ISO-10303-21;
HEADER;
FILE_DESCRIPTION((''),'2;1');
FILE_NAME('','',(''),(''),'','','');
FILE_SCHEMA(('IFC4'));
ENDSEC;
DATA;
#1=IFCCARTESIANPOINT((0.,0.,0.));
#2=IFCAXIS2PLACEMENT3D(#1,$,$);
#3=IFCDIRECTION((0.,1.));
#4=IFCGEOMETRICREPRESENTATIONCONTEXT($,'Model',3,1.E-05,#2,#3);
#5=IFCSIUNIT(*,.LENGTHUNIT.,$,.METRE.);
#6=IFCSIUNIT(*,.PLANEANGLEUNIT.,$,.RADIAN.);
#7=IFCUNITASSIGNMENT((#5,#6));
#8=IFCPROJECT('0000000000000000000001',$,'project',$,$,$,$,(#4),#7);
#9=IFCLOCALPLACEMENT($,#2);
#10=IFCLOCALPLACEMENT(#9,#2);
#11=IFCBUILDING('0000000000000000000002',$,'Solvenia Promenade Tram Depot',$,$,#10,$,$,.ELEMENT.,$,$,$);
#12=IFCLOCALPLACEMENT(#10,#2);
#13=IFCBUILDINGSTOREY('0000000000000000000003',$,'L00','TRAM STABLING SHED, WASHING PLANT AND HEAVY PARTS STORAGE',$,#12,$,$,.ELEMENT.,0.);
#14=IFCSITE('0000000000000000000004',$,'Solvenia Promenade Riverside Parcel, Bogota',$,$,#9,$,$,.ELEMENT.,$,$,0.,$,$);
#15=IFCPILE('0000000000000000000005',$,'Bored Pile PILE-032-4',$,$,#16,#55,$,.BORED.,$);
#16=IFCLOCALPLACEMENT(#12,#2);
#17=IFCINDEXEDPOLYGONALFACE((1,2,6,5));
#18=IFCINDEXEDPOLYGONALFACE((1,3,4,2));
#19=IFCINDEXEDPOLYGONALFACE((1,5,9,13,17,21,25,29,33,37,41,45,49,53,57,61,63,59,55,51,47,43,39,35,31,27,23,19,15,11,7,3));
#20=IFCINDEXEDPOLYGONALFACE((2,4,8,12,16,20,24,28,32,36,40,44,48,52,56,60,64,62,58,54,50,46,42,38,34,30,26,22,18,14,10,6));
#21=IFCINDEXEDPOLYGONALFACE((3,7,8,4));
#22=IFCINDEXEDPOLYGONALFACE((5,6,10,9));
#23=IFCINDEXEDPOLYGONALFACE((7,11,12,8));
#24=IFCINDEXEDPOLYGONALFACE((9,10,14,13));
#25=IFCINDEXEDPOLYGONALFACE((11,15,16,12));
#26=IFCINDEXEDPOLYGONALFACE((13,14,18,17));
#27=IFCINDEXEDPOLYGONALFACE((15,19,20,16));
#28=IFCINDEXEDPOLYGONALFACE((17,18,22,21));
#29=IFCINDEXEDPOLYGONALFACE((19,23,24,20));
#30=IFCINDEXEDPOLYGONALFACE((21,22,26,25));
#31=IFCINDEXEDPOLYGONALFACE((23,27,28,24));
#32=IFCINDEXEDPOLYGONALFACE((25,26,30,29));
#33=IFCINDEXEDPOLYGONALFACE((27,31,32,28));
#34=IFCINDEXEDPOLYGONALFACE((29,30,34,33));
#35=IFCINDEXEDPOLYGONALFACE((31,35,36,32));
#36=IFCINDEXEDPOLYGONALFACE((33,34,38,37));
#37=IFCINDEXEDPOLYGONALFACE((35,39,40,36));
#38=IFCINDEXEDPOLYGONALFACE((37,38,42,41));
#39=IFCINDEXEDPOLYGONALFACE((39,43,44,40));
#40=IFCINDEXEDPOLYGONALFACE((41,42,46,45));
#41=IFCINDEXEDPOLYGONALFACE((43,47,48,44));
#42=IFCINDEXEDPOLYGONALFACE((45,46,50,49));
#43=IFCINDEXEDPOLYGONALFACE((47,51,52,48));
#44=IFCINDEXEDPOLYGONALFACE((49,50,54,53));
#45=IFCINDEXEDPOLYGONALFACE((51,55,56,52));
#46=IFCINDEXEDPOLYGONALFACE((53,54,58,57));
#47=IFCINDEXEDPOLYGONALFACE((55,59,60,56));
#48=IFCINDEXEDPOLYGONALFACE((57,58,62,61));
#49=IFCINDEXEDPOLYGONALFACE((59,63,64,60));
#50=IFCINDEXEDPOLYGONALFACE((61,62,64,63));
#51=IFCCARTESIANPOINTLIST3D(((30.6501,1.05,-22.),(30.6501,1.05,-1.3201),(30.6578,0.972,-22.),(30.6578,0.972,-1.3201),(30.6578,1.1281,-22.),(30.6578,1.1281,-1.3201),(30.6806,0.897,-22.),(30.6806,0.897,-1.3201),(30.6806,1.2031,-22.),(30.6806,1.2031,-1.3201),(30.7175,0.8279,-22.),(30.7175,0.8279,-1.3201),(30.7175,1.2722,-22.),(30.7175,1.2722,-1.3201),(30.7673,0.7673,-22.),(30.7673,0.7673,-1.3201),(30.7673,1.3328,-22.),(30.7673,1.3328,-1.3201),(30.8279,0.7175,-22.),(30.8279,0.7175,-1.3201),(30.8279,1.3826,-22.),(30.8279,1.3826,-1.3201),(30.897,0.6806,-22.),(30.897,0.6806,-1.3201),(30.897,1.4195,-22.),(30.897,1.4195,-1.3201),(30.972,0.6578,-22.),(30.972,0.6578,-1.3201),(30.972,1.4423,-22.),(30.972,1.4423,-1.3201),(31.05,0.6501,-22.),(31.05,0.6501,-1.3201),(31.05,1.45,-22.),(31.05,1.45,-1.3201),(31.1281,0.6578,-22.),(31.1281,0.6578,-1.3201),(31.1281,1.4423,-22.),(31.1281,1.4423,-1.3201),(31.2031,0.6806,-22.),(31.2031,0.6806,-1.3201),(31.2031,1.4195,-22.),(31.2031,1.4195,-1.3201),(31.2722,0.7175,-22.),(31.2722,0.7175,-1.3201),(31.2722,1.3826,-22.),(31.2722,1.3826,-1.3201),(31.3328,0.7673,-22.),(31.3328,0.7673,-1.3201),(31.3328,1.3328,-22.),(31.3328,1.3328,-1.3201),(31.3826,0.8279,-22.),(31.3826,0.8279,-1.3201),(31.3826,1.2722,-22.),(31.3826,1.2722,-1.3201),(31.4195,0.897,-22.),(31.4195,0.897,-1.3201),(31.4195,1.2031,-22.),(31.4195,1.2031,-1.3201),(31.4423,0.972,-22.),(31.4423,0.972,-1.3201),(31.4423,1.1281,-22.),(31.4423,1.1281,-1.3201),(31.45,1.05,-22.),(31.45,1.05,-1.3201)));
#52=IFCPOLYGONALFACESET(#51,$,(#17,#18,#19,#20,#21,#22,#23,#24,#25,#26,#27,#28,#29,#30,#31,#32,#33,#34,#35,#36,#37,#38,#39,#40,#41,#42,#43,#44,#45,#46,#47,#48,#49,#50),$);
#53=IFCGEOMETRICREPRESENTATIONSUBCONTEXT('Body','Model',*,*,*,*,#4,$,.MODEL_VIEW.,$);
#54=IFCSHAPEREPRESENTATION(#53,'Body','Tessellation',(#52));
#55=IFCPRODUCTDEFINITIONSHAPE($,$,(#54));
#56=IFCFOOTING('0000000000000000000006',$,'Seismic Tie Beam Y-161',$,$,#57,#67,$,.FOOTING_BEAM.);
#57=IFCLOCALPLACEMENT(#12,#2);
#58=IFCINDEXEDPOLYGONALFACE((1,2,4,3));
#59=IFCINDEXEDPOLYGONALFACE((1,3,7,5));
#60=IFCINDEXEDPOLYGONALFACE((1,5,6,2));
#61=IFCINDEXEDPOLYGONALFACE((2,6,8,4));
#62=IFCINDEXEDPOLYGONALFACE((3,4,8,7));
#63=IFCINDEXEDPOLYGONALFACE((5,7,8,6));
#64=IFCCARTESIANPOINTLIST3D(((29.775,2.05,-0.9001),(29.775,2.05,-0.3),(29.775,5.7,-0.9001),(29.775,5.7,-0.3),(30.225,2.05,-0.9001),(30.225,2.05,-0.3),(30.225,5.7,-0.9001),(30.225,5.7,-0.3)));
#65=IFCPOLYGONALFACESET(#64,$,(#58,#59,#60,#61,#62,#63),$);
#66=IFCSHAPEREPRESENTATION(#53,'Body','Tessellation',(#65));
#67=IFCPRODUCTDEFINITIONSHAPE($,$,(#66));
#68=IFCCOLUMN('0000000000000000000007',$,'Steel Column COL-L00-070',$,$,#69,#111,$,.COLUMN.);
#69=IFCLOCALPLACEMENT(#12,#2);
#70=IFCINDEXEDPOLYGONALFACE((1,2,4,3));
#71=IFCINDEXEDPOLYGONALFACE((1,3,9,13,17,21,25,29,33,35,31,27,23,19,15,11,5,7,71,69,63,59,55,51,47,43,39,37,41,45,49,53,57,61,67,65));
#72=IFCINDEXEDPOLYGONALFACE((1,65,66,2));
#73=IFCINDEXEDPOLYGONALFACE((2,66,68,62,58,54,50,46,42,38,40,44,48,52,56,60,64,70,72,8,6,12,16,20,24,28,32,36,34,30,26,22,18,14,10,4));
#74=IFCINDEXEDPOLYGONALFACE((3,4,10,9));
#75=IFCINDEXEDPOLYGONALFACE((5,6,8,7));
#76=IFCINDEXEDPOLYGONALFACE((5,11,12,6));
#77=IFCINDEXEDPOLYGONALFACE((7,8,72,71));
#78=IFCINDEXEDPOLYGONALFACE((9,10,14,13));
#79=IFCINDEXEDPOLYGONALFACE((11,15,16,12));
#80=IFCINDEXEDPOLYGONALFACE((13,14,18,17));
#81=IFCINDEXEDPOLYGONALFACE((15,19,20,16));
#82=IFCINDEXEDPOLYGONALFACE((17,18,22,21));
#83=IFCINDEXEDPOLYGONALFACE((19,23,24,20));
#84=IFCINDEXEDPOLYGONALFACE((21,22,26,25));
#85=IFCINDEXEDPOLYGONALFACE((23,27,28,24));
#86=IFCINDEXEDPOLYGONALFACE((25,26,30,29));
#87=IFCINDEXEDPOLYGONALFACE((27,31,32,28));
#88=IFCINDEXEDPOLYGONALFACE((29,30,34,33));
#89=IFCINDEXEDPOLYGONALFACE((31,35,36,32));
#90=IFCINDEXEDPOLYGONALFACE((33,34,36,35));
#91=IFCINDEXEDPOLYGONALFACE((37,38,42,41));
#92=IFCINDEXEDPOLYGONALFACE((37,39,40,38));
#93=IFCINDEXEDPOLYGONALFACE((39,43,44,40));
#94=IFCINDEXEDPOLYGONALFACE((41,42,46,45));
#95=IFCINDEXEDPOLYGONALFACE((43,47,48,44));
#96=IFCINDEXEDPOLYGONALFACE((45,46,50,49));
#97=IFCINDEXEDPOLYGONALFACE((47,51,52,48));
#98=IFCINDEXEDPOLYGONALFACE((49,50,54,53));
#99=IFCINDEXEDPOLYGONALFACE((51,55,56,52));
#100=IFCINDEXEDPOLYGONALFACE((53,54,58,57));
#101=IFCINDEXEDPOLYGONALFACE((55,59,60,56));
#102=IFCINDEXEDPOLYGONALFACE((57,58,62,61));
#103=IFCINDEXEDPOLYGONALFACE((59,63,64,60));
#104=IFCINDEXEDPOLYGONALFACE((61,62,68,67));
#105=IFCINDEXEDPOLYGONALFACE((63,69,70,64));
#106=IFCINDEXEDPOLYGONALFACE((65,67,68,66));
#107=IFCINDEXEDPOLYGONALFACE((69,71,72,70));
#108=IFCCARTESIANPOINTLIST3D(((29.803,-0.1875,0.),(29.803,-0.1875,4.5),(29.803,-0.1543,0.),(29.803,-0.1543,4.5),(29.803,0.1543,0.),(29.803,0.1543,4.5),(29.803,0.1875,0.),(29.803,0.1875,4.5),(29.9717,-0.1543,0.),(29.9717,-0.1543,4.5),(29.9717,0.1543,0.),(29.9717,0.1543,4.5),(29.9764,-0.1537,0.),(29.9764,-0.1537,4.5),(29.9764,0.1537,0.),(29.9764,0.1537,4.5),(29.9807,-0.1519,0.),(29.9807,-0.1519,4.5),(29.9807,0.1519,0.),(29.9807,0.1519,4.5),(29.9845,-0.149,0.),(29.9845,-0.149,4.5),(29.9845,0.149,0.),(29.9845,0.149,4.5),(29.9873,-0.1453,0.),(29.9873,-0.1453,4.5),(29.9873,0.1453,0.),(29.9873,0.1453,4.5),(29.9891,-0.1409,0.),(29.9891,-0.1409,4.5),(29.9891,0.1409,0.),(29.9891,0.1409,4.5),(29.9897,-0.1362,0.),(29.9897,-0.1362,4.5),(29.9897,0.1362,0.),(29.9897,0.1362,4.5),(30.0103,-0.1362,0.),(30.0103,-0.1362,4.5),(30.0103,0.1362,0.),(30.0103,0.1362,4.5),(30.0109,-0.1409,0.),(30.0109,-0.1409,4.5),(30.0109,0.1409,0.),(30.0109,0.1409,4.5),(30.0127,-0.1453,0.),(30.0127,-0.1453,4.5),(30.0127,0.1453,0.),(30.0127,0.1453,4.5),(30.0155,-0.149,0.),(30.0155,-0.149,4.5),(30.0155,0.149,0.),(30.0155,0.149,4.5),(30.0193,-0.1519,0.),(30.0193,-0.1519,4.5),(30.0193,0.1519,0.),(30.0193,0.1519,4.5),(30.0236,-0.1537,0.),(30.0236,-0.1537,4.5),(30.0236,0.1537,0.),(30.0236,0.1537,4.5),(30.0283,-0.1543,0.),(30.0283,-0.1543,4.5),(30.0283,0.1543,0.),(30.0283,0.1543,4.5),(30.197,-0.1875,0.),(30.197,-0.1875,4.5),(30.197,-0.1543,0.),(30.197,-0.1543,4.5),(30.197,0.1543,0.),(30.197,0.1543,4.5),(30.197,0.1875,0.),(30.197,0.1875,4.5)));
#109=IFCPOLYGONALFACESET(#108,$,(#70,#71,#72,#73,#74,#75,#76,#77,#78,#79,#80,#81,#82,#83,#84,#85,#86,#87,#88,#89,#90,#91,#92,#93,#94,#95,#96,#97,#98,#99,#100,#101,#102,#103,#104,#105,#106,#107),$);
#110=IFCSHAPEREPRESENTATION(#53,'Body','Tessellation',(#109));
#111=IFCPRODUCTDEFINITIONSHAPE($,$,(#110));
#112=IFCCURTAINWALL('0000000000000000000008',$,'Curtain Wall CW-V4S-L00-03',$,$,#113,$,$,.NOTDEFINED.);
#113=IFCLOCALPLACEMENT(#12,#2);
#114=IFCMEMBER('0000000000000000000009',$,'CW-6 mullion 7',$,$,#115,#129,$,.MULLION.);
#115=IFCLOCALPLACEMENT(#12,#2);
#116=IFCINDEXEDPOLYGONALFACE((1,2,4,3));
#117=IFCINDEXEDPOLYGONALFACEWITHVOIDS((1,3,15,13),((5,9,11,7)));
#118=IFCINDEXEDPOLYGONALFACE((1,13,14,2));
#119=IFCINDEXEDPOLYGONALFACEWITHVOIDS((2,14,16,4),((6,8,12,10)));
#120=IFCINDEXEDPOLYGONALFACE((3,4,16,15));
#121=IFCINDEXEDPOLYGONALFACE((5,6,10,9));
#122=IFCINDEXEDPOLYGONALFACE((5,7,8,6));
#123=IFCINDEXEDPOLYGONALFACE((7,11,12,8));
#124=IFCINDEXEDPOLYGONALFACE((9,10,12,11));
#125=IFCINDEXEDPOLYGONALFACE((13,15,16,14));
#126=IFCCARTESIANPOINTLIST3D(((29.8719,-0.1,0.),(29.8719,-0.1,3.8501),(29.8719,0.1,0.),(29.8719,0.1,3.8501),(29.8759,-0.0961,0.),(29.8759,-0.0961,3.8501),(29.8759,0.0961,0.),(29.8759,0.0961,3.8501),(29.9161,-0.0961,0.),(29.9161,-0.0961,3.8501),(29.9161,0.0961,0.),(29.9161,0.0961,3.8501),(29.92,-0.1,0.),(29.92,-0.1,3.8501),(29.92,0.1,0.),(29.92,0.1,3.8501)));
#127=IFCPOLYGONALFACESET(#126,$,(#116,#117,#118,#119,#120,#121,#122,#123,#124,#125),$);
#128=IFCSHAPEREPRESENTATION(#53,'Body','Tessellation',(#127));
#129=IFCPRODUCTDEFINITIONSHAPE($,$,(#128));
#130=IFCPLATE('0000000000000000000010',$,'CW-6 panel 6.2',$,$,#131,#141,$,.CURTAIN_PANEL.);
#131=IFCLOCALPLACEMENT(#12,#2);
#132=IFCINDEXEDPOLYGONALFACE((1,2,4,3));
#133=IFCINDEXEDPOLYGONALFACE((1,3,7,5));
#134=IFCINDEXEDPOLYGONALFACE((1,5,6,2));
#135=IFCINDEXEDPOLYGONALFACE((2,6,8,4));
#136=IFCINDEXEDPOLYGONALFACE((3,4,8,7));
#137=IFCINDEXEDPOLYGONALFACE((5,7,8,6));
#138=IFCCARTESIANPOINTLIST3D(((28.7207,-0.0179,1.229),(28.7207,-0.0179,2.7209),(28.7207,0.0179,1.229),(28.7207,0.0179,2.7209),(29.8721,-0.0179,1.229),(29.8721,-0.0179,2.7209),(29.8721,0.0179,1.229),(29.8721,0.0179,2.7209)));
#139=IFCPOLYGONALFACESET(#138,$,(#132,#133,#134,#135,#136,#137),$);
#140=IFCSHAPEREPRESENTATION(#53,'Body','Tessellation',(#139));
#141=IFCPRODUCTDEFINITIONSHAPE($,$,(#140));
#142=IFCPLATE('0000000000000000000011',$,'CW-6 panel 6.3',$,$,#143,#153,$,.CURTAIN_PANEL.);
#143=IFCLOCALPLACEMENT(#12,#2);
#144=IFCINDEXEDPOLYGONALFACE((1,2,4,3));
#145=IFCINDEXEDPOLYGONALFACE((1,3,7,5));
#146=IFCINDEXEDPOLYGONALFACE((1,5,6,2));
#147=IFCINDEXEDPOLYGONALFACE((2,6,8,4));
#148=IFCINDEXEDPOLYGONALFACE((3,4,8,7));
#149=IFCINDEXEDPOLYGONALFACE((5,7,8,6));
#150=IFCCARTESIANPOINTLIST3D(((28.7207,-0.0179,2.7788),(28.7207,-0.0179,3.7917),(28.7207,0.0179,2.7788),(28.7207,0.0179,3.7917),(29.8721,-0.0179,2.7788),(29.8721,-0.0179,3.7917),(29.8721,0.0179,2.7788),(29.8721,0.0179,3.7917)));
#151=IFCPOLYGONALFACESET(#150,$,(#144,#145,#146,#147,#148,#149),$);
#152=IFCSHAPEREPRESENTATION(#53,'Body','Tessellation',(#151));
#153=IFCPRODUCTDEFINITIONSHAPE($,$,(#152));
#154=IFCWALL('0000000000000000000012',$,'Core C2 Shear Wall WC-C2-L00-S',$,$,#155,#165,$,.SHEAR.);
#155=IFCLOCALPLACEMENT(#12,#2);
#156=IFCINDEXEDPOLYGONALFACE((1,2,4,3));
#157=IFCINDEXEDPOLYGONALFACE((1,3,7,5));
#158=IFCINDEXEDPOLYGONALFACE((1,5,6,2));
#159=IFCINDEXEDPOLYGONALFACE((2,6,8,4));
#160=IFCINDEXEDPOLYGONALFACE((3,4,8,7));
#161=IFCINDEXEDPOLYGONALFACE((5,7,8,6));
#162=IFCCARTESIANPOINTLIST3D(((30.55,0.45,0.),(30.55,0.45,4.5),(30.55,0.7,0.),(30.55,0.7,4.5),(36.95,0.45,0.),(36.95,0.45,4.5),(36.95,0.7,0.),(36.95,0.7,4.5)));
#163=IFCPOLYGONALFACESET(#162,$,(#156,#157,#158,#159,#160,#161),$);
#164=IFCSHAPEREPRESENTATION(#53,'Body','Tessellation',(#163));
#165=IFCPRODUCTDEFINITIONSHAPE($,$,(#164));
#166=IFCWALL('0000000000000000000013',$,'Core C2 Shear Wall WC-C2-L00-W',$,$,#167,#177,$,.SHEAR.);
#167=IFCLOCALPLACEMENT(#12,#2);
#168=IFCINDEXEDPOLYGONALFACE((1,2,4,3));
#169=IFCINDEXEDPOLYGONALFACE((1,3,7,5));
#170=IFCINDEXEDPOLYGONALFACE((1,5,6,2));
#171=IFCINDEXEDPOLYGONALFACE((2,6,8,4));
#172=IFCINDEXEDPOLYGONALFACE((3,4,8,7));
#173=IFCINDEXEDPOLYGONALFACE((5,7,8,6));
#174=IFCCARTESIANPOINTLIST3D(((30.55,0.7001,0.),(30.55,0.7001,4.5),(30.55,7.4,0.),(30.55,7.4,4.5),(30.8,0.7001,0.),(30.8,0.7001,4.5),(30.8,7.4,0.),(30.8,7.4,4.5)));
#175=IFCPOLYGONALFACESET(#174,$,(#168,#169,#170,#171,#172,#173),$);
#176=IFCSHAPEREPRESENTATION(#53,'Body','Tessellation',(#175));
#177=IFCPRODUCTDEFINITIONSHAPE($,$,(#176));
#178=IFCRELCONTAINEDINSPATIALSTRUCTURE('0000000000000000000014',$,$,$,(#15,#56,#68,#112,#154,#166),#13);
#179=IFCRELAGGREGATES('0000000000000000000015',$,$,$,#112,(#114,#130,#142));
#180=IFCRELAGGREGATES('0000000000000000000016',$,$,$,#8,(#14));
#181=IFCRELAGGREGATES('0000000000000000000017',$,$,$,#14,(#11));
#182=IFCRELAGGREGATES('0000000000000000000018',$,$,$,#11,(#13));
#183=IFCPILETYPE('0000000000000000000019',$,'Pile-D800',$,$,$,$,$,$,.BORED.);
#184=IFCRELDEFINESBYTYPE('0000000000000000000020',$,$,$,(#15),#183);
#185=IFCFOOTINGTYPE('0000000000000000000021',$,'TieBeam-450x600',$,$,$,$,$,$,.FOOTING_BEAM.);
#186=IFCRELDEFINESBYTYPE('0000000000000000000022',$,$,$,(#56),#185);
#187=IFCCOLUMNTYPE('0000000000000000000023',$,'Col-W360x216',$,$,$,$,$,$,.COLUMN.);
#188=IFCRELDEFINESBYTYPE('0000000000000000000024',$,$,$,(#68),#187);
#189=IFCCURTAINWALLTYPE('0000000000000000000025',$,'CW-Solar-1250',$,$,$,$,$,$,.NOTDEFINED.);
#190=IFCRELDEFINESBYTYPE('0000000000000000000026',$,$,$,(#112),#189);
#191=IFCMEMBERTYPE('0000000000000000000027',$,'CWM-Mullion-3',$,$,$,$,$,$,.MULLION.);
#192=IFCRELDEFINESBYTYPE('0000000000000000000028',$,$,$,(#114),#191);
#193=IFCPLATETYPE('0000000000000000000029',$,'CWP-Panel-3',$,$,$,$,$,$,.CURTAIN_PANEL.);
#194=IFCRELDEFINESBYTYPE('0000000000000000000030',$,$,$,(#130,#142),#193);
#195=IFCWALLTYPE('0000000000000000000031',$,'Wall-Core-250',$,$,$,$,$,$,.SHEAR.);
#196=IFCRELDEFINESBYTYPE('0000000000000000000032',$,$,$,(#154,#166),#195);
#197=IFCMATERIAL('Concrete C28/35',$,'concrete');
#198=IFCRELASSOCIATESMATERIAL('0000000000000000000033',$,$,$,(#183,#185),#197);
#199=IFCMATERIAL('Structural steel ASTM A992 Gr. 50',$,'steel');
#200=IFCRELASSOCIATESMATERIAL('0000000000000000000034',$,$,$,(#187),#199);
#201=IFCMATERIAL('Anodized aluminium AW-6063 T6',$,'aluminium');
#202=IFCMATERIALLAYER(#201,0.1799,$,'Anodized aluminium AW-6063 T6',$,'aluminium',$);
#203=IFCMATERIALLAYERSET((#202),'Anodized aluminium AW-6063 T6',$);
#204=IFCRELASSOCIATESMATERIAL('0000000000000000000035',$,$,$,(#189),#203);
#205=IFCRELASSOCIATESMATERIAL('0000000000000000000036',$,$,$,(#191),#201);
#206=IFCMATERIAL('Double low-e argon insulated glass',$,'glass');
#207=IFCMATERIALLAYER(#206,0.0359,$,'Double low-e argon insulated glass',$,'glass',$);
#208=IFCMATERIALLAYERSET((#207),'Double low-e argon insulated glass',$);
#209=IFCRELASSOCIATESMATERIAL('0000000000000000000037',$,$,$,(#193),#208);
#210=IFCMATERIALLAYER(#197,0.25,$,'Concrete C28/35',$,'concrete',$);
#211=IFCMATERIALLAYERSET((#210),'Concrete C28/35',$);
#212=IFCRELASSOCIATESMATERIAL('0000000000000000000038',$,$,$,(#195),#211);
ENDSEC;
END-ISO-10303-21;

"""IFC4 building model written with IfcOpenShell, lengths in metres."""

from ifc_helpers import new_model, si_unit, direction, frame, frame_2d, origin, origin_2d, place, context, subcontext, project, spatial, rectangle, hollow_rectangle, circle, i_section, extrude, material, layer, layer_set, material_profile, profile_set, type_object, element, aggregate, save


model = new_model("IFC4")

# Units and contexts
model_context = context("Model", 3, precision=1e-05, world=origin(), true_north=direction((0.0, 1.0)))
body_context = subcontext(model_context, "Body", "Model", "MODEL_VIEW")
ifc_project = project(units=[si_unit("LENGTHUNIT", "METRE"), si_unit("PLANEANGLEUNIT", "RADIAN")], contexts=[model_context])

# Site, building, storey
site_placement = place(None, origin())
site = spatial("IfcSite", under=ifc_project, at=site_placement, Name="Solvenia Promenade Riverside Parcel, Bogota", CompositionType="ELEMENT", RefElevation=0.0)
building_placement = place(site_placement, origin())
building = spatial("IfcBuilding", under=site, at=building_placement, Name="Solvenia Promenade Tram Depot", CompositionType="ELEMENT")
storey_placement = place(building_placement, origin())
storey = spatial("IfcBuildingStorey", under=building, at=storey_placement, Name="L00", Description="TRAM STABLING SHED, WASHING PLANT AND HEAVY PARTS STORAGE", CompositionType="ELEMENT", Elevation=0.0)

# Shared definitions
ifc_material_1 = material(Name="Concrete C28/35", Category="concrete")

# Pile
ifc_material_profile_1 = material_profile(ifc_material_1, circle(Radius=0.3999, at=origin_2d()), Name="D800", Category="concrete")
ifc_profile_set_1 = profile_set([ifc_material_profile_1], Name="Concrete C28/35")
pile_type_1 = type_object("IfcPileType", Name="Pile-D800", PredefinedType="BORED", material=ifc_profile_set_1)
for number, where, z_axis, x_axis, name in (
    (1, (31.05, 1.05, -1.3201), (0.0, 0.0, -1.0), (1.0, 0.0, 0.0), "Bored Pile PILE-032-4"),
):
    element("IfcPile", number, at=place(storey_placement, frame(where, z_axis=z_axis, x_axis=x_axis)), inside=storey, type_object=pile_type_1, Name=name, PredefinedType="BORED", context=body_context, shape_type="SweptSolid", body=[
        extrude(circle(Radius=0.3999, at=origin_2d()), origin(), (0.0, 0.0, 1.0), 20.6799),
    ])

# Footing
footing_type_1 = type_object("IfcFootingType", Name="TieBeam-450x600", PredefinedType="FOOTING_BEAM", material=ifc_material_1)
footing_1_placement = place(storey_placement, frame((30.0, 3.875, -0.9001), z_axis=(0.0, 0.0, 1.0), x_axis=(1.0, 0.0, 0.0)))
element("IfcFooting", 2, at=footing_1_placement, inside=storey, type_object=footing_type_1, Name="Seismic Tie Beam Y-161", PredefinedType="FOOTING_BEAM", context=body_context, shape_type="SweptSolid", body=[
    extrude(rectangle(XDim=0.45, YDim=3.6499, at=origin_2d()), origin(), (0.0, 0.0, 1.0), 0.6001),
])

# Column
ifc_material_2 = material(Name="Structural steel ASTM A992 Gr. 50", Category="steel")
ifc_material_profile_2 = material_profile(ifc_material_2, i_section(OverallWidth=0.394, OverallDepth=0.375, WebThickness=0.0205, FlangeThickness=0.0332, FilletRadius=0.0181, at=origin_2d()), Name="W360x216", Category="steel")
ifc_profile_set_2 = profile_set([ifc_material_profile_2], Name="Structural steel ASTM A992 Gr. 50")
column_type = type_object("IfcColumnType", Name="Col-W360x216", PredefinedType="COLUMN", material=ifc_profile_set_2)
column_placement = place(storey_placement, frame((30.0, 0.0, 0.0), z_axis=(0.0, 0.0, 1.0), x_axis=(1.0, 0.0, 0.0)))
element("IfcColumn", 3, at=column_placement, inside=storey, type_object=column_type, Name="Steel Column COL-L00-070", PredefinedType="COLUMN", context=body_context, shape_type="SweptSolid", body=[
    extrude(i_section(OverallWidth=0.394, OverallDepth=0.375, WebThickness=0.0205, FlangeThickness=0.0332, FilletRadius=0.0181, at=origin_2d()), origin(), (0.0, 0.0, 1.0), 4.5),
])

# Curtain wall, member, plates
ifc_material_3 = material(Name="Anodized aluminium AW-6063 T6", Category="aluminium")
ifc_layer_1 = layer(ifc_material_3, 0.1799, Name="Anodized aluminium AW-6063 T6", Category="aluminium")
ifc_layer_set_1 = layer_set([ifc_layer_1], Name="Anodized aluminium AW-6063 T6")
curtain_wall_type = type_object("IfcCurtainWallType", Name="CW-Solar-1250", PredefinedType="NOTDEFINED", material=ifc_layer_set_1)
curtain_wall_placement = place(storey_placement, origin())
curtain_wall = element("IfcCurtainWall", 4, at=curtain_wall_placement, inside=storey, type_object=curtain_wall_type, Name="Curtain Wall CW-V4S-L00-03", PredefinedType="NOTDEFINED")
ifc_material_profile_3 = material_profile(ifc_material_3, hollow_rectangle(XDim=0.2, YDim=0.0481, WallThickness=0.0039, at=origin_2d()), Name="ALU-M3", Category="aluminium")
ifc_profile_set_3 = profile_set([ifc_material_profile_3], Name="Anodized aluminium AW-6063 T6")
member_type = type_object("IfcMemberType", Name="CWM-Mullion-3", PredefinedType="MULLION", material=ifc_profile_set_3)
member_placement = place(storey_placement, frame((29.896, 0.0, 0.0), z_axis=(0.0, 0.0, 1.0), x_axis=(0.0, 1.0, 0.0)))
member = element("IfcMember", 5, at=member_placement, type_object=member_type, Name="CW-6 mullion 7", PredefinedType="MULLION", context=body_context, shape_type="SweptSolid", body=[
    extrude(hollow_rectangle(XDim=0.2, YDim=0.0481, WallThickness=0.0039, at=origin_2d()), origin(), (0.0, 0.0, 1.0), 3.8501),
])
ifc_material_4 = material(Name="Double low-e argon insulated glass", Category="glass")
ifc_layer_2 = layer(ifc_material_4, 0.0359, Name="Double low-e argon insulated glass", Category="glass")
ifc_layer_set_2 = layer_set([ifc_layer_2], Name="Double low-e argon insulated glass")
plate_type = type_object("IfcPlateType", Name="CWP-Panel-3", PredefinedType="CURTAIN_PANEL", material=ifc_layer_set_2)
plate_1_placement = place(storey_placement, frame((29.2964, 0.0, 1.229), z_axis=(0.0, 0.0, 1.0), x_axis=(1.0, 0.0, 0.0)))
plate_1 = element("IfcPlate", 6, at=plate_1_placement, type_object=plate_type, Name="CW-6 panel 6.2", PredefinedType="CURTAIN_PANEL", context=body_context, shape_type="SweptSolid", body=[
    extrude(rectangle(XDim=1.1514, YDim=0.0359, at=origin_2d()), origin(), (0.0, 0.0, 1.0), 1.4919),
])
plate_2_placement = place(storey_placement, frame((29.2964, 0.0, 2.7788), z_axis=(0.0, 0.0, 1.0), x_axis=(1.0, 0.0, 0.0)))
plate_2 = element("IfcPlate", 7, at=plate_2_placement, type_object=plate_type, Name="CW-6 panel 6.3", PredefinedType="CURTAIN_PANEL", context=body_context, shape_type="SweptSolid", body=[
    extrude(rectangle(XDim=1.1514, YDim=0.0359, at=origin_2d()), origin(), (0.0, 0.0, 1.0), 1.0129),
])
aggregate(curtain_wall, [member, plate_1, plate_2])

# Wall
ifc_layer_3 = layer(ifc_material_1, 0.25, Name="Concrete C28/35", Category="concrete")
ifc_layer_set_3 = layer_set([ifc_layer_3], Name="Concrete C28/35")
wall_type_1 = type_object("IfcWallType", Name="Wall-Core-250", PredefinedType="SHEAR", material=ifc_layer_set_3)
wall_1_placement = place(storey_placement, frame((30.55, 0.575, 0.0), z_axis=(0.0, 0.0, 1.0), x_axis=(1.0, 0.0, 0.0)))
element("IfcWall", 8, at=wall_1_placement, inside=storey, type_object=wall_type_1, Name="Core C2 Shear Wall WC-C2-L00-S", PredefinedType="SHEAR", context=body_context, shape_type="SweptSolid", body=[
    extrude(rectangle(XDim=6.3999, YDim=0.25, at=frame_2d((3.2, 0.0))), origin(), (0.0, 0.0, 1.0), 4.5),
])

# Wall
wall_2_placement = place(storey_placement, frame((30.675, 0.7, 0.0), z_axis=(0.0, 0.0, 1.0), x_axis=(0.0, 1.0, 0.0)))
element("IfcWall", 9, at=wall_2_placement, inside=storey, type_object=wall_type_1, Name="Core C2 Shear Wall WC-C2-L00-W", PredefinedType="SHEAR", context=body_context, shape_type="SweptSolid", body=[
    extrude(rectangle(XDim=6.7, YDim=0.25, at=frame_2d((3.3501, 0.0))), origin(), (0.0, 0.0, 1.0), 4.5),
])

save(model, "model.ifc")
